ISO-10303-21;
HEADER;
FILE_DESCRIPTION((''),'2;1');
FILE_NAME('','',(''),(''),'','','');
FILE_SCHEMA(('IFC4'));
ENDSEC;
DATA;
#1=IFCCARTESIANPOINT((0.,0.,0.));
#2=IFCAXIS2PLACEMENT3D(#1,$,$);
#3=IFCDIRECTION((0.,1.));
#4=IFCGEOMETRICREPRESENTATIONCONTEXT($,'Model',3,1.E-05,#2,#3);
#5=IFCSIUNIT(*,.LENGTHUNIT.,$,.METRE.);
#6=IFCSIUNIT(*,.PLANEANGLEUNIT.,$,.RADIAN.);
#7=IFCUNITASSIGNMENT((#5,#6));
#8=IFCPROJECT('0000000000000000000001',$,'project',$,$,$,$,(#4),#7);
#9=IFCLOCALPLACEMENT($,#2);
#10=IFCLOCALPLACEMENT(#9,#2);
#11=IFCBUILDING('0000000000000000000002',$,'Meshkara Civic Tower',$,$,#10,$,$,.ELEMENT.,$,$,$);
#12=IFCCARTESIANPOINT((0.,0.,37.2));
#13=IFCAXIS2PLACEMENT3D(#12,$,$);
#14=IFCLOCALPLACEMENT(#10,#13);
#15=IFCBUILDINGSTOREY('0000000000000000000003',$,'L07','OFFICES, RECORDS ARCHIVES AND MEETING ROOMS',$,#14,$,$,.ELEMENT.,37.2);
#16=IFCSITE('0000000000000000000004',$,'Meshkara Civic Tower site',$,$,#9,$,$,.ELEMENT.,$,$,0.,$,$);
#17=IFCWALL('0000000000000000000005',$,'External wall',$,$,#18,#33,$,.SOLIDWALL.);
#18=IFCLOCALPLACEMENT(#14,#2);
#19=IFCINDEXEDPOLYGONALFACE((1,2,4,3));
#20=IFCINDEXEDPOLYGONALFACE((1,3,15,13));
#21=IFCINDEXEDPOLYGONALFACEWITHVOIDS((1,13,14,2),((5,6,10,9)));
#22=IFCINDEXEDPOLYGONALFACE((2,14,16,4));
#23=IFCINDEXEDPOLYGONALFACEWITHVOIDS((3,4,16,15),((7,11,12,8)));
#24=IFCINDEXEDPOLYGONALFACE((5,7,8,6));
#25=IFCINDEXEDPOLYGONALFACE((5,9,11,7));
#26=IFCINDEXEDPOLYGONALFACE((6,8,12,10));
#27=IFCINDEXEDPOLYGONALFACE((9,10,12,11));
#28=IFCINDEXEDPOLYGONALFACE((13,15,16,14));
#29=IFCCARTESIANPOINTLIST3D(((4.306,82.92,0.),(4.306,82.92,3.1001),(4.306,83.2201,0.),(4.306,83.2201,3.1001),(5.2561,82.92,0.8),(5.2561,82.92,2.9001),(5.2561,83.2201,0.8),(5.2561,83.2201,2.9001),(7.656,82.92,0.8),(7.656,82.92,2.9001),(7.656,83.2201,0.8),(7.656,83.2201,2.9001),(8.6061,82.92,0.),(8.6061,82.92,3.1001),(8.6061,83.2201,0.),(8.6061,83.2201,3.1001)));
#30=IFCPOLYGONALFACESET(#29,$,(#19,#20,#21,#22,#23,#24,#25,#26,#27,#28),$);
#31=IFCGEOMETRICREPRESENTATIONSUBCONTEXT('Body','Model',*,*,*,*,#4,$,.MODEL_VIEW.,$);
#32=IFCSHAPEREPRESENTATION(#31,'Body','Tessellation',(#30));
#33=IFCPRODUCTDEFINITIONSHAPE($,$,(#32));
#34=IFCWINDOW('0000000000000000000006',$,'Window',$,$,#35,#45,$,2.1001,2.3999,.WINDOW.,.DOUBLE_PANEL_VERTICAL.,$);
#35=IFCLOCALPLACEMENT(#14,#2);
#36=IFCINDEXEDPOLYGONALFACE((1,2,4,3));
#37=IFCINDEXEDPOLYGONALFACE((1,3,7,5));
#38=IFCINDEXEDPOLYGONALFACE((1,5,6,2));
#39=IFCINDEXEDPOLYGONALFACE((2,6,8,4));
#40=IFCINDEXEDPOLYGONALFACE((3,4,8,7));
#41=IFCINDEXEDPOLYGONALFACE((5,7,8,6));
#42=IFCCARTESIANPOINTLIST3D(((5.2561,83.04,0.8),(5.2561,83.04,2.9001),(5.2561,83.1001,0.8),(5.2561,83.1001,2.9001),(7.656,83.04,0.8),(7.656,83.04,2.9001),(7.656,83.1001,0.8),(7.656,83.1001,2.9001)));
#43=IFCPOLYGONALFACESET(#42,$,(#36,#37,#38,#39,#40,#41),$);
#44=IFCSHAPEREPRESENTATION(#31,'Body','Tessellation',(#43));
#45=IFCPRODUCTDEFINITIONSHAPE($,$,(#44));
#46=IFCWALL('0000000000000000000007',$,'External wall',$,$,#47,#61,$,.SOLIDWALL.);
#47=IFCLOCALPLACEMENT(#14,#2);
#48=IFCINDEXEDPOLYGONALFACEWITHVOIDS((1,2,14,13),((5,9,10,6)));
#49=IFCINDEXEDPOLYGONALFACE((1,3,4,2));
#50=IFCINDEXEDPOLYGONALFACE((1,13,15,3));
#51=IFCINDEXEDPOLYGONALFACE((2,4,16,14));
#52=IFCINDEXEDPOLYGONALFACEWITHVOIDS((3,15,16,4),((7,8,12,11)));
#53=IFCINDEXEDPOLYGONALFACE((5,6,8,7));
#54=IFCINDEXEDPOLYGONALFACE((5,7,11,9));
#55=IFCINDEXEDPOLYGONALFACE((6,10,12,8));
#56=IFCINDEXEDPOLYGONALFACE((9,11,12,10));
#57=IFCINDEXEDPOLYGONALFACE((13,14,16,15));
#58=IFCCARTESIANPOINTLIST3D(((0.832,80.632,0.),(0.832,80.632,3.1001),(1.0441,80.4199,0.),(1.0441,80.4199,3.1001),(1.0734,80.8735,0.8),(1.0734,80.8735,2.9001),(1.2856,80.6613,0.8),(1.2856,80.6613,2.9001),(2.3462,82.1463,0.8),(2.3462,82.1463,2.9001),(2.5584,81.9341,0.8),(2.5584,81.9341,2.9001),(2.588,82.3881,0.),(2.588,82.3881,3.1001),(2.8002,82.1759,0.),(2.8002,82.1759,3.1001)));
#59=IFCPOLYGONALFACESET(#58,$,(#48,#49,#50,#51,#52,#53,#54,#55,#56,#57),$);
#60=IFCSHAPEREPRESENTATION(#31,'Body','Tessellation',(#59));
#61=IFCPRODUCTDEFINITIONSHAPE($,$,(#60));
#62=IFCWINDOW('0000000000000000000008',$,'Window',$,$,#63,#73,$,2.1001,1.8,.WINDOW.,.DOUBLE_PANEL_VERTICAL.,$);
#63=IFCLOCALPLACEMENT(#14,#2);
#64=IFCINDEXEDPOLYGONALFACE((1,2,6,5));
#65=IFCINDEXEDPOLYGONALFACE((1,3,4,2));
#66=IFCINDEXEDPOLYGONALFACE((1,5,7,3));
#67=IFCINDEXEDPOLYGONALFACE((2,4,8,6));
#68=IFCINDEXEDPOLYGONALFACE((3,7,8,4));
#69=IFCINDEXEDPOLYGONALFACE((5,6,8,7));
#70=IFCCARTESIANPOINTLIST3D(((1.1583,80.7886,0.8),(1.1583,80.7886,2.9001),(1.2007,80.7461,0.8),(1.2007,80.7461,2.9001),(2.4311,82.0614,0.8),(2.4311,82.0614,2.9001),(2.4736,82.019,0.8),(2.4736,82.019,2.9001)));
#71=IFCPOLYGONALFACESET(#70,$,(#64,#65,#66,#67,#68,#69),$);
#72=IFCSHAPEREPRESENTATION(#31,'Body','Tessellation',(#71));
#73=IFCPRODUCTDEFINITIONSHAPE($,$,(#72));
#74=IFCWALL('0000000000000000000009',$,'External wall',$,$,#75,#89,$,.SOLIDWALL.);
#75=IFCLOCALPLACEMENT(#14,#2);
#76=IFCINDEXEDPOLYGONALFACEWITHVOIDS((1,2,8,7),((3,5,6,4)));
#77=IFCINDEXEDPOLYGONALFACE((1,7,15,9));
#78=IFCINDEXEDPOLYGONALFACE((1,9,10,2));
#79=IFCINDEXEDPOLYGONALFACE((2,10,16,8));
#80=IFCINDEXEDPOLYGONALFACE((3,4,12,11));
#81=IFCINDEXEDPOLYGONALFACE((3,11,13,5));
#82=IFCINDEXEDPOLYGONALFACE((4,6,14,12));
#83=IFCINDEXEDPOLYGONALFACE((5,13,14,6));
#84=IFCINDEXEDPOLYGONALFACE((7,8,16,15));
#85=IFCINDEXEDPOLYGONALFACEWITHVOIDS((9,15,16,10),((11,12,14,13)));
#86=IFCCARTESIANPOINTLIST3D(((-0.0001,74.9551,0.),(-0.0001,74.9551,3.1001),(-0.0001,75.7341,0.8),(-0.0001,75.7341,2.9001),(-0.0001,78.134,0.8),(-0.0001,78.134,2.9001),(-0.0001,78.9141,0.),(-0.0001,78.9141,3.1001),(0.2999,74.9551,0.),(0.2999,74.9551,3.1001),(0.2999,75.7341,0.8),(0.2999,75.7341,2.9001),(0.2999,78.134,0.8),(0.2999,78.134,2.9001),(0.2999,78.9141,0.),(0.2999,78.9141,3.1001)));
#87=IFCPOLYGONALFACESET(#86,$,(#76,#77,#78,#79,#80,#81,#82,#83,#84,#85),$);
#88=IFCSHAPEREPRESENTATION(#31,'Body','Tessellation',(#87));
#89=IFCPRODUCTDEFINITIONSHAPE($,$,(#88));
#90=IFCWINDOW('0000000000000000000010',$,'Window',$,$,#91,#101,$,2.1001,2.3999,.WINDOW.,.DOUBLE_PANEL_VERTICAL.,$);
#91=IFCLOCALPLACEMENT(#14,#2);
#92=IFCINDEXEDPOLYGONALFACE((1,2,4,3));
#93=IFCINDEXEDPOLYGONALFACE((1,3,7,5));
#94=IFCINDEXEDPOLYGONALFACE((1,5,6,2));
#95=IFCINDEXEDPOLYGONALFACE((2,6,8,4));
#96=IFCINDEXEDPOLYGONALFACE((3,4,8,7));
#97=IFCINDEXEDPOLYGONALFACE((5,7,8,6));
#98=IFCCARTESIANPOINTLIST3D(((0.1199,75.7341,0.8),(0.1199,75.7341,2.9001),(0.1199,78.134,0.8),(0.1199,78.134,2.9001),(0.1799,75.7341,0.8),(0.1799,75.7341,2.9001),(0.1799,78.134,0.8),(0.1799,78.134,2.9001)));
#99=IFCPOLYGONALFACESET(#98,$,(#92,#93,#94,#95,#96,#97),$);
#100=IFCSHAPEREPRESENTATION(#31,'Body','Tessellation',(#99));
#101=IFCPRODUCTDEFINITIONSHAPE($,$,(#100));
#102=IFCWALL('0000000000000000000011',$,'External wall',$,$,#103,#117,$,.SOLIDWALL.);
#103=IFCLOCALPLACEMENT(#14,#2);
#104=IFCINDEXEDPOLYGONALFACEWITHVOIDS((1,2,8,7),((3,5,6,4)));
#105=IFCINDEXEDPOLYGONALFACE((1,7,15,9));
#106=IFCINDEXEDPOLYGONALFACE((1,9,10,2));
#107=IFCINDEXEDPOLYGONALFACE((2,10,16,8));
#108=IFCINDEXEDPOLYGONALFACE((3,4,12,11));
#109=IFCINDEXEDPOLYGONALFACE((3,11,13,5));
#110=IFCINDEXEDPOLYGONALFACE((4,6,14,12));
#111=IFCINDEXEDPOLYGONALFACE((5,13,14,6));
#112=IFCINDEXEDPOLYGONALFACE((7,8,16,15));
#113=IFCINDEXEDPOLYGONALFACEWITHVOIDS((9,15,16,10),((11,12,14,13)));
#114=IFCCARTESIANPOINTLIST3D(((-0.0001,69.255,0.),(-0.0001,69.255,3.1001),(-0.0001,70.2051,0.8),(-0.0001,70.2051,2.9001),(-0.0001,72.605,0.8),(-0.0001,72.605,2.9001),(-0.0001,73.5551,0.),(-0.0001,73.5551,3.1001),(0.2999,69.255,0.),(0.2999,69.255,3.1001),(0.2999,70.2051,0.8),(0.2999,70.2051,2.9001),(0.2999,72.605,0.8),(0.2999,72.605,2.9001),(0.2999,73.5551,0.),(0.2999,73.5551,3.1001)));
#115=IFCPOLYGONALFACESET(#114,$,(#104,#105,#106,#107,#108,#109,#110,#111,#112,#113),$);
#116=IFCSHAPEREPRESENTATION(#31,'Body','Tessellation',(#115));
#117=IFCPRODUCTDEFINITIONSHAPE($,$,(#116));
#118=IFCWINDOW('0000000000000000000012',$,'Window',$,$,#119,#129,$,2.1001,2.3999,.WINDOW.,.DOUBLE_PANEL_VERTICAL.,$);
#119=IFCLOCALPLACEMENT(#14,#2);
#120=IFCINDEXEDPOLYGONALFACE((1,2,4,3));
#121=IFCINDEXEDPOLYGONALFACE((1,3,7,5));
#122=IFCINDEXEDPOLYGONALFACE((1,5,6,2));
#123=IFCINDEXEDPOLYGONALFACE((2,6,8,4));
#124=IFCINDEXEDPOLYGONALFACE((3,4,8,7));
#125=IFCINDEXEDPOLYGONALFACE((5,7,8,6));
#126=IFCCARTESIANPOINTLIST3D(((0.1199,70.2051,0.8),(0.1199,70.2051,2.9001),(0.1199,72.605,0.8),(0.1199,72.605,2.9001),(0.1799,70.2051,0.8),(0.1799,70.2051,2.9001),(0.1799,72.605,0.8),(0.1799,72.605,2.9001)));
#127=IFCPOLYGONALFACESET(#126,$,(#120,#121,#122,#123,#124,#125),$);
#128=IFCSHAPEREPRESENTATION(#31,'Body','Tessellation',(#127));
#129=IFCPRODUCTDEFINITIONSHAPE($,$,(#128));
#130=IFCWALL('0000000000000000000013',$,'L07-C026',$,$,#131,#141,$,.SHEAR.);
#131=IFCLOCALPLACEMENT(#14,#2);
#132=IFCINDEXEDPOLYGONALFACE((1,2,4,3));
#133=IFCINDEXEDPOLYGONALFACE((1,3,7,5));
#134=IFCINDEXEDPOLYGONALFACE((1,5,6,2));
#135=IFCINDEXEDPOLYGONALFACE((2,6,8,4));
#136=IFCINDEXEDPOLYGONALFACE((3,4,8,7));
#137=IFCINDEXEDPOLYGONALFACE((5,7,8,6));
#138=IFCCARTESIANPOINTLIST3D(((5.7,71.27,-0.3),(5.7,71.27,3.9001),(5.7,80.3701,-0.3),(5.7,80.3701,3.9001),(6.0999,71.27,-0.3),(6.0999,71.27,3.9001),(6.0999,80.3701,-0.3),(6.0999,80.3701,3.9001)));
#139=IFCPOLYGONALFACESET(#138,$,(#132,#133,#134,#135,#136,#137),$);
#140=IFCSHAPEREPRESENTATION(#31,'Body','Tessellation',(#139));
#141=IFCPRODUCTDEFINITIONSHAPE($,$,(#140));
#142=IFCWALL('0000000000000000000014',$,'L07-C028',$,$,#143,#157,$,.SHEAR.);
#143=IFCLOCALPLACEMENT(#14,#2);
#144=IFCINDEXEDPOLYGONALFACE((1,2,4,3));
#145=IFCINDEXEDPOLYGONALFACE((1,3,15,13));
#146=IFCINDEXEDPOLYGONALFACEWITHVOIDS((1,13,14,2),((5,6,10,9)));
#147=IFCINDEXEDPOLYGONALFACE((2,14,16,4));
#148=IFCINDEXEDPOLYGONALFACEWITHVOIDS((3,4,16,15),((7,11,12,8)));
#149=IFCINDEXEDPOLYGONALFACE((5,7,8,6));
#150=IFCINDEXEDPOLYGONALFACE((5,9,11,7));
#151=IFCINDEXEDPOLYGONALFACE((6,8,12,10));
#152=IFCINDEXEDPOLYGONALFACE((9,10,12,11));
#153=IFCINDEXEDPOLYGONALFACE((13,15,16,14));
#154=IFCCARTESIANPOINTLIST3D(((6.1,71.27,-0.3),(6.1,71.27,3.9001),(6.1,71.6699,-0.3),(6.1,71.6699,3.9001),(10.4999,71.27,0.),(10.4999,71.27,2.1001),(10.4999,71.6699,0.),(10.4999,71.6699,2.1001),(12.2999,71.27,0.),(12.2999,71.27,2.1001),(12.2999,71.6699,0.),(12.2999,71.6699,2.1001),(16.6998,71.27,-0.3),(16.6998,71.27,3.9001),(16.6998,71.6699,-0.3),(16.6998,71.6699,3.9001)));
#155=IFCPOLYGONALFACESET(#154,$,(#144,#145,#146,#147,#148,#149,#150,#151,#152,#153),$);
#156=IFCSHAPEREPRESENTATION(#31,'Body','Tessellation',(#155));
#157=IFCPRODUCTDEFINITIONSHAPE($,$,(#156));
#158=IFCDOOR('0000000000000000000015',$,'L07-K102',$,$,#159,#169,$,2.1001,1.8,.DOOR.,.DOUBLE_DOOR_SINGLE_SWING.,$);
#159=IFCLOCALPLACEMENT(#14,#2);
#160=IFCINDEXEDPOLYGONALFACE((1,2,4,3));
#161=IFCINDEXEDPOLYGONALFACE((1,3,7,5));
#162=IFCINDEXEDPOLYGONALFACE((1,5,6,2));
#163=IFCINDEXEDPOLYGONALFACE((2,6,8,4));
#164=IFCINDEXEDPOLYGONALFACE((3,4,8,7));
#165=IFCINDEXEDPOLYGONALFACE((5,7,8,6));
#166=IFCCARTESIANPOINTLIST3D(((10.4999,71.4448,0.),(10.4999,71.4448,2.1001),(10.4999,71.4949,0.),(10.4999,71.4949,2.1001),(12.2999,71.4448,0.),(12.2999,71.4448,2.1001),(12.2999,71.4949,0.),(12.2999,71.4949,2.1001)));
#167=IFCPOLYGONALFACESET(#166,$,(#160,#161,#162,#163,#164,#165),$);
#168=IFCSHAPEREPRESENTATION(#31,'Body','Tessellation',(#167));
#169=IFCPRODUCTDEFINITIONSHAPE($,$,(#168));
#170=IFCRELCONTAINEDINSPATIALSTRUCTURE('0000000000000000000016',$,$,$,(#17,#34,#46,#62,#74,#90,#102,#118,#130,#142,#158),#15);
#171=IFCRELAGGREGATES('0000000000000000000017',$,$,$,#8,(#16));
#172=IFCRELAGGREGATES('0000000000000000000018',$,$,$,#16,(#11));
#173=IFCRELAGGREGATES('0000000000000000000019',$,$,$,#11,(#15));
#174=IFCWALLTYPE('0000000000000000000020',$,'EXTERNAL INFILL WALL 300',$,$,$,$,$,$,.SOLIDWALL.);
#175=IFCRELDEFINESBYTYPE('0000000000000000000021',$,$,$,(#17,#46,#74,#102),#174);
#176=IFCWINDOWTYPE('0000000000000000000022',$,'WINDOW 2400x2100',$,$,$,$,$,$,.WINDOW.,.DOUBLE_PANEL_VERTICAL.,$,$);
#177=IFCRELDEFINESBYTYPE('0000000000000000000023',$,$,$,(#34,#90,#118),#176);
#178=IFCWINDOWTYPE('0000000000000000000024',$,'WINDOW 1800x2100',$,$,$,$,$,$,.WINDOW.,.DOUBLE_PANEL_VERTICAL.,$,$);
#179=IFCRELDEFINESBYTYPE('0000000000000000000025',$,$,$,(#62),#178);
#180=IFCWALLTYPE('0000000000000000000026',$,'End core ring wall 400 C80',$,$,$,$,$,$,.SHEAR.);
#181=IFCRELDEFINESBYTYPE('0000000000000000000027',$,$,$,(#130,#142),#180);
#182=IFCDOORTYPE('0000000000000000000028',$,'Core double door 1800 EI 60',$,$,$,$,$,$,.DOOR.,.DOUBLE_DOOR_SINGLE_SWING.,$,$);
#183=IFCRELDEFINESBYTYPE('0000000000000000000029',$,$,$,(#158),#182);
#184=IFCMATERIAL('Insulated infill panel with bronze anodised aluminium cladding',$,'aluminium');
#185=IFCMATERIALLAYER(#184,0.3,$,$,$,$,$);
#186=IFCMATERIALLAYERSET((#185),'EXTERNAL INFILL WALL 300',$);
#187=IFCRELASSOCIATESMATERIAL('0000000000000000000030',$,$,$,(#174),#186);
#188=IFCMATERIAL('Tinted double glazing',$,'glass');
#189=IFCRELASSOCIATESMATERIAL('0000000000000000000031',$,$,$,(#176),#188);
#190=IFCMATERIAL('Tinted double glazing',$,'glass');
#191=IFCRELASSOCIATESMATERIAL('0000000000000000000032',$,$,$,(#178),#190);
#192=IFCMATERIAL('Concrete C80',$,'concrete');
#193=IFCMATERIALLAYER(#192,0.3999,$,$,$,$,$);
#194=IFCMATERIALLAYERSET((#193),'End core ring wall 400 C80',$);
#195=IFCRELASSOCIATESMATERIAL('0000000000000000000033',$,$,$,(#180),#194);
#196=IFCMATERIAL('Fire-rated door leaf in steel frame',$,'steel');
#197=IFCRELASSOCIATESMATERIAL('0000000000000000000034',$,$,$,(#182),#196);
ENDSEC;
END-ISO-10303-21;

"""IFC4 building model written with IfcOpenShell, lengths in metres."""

from ifc_helpers import new_model, si_unit, direction, frame, frame_2d, origin, place, context, subcontext, project, spatial, rectangle, extrude, material, layer, layer_set, type_object, element, fill, save


model = new_model("IFC4")

# Units and contexts
model_context = context("Model", 3, precision=1e-05, world=origin(), true_north=direction((0.0, 1.0)))
body_context = subcontext(model_context, "Body", "Model", "MODEL_VIEW")
ifc_project = project(units=[si_unit("LENGTHUNIT", "METRE"), si_unit("PLANEANGLEUNIT", "RADIAN")], contexts=[model_context])

# Site, building, storey
site_placement = place(None, origin())
site = spatial("IfcSite", under=ifc_project, at=site_placement, Name="Meshkara Civic Tower site", CompositionType="ELEMENT", RefElevation=0.0)
building_placement = place(site_placement, origin())
building = spatial("IfcBuilding", under=site, at=building_placement, Name="Meshkara Civic Tower", CompositionType="ELEMENT")
storey_placement = place(building_placement, frame((0.0, 0.0, 37.2)))
storey = spatial("IfcBuildingStorey", under=building, at=storey_placement, Name="L07", Description="OFFICES, RECORDS ARCHIVES AND MEETING ROOMS", CompositionType="ELEMENT", Elevation=37.2)

# Walls, openings, windows
ifc_material_1 = material(Name="Insulated infill panel with bronze anodised aluminium cladding", Category="aluminium")
ifc_layer_1 = layer(ifc_material_1, 0.3)
ifc_layer_set_1 = layer_set([ifc_layer_1], Name="EXTERNAL INFILL WALL 300")
wall_type_1 = type_object("IfcWallType", Name="EXTERNAL INFILL WALL 300", PredefinedType="SOLIDWALL", material=ifc_layer_set_1)
wall_1_placement = place(storey_placement, frame((8.606, 83.0701, 0.0), z_axis=(0.0, 0.0, 1.0), x_axis=(-1.0, 0.0, 0.0)))
wall_1 = element("IfcWall", 1, at=wall_1_placement, inside=storey, type_object=wall_type_1, Name="External wall", PredefinedType="SOLIDWALL", context=body_context, shape_type="SweptSolid", body=[
    extrude(rectangle(XDim=4.3, YDim=0.3, at=frame_2d((2.1499, 0.0))), origin(), (0.0, 0.0, 1.0), 3.1001),
])
opening_1_placement = place(wall_1_placement, frame((0.95, 0.0, 0.8)))
opening_1 = element("IfcOpeningElement", 2, at=opening_1_placement, cuts=wall_1, PredefinedType="OPENING", context=body_context, shape_type="SweptSolid", body=[
    extrude(rectangle(XDim=2.3999, YDim=2.1001, at=frame_2d((1.2, 1.05))), frame((0.0, 0.1599, 0.0), z_axis=(0.0, -1.0, 0.0), x_axis=(1.0, 0.0, 0.0)), (0.0, 0.0, 1.0), 0.3201),
])
ifc_material_2 = material(Name="Tinted double glazing", Category="glass")
window_type_1 = type_object("IfcWindowType", Name="WINDOW 2400x2100", PartitioningType="DOUBLE_PANEL_VERTICAL", PredefinedType="WINDOW", material=ifc_material_2)
window_1_placement = place(opening_1_placement, origin())
window_1 = element("IfcWindow", 3, at=window_1_placement, inside=storey, type_object=window_type_1, Name="Window", OverallHeight=2.1001, OverallWidth=2.3999, PartitioningType="DOUBLE_PANEL_VERTICAL", PredefinedType="WINDOW", context=body_context, shape_type="SweptSolid", body=[
    extrude(rectangle(XDim=2.3999, YDim=2.1001, at=frame_2d((1.2, 1.05))), frame((0.0, 0.03, 0.0), z_axis=(0.0, -1.0, 0.0), x_axis=(1.0, 0.0, 0.0)), (0.0, 0.0, 1.0), 0.0601),
])
fill(opening_1, window_1)
wall_2_placement = place(storey_placement, frame((2.6941, 82.282, 0.0), z_axis=(0.0, 0.0, 1.0), x_axis=(-0.707107, -0.707107, 0.0)))
wall_2 = element("IfcWall", 4, at=wall_2_placement, inside=storey, type_object=wall_type_1, Name="External wall", PredefinedType="SOLIDWALL", context=body_context, shape_type="SweptSolid", body=[
    extrude(rectangle(XDim=2.4834, YDim=0.3, at=frame_2d((1.2417, 0.0))), origin(), (0.0, 0.0, 1.0), 3.1001),
])
opening_2_placement = place(wall_2_placement, frame((0.342, 0.0, 0.8)))
opening_2 = element("IfcOpeningElement", 5, at=opening_2_placement, cuts=wall_2, PredefinedType="OPENING", context=body_context, shape_type="SweptSolid", body=[
    extrude(rectangle(XDim=1.8, YDim=2.1001, at=frame_2d((0.8999, 1.05))), frame((0.0, 0.1599, 0.0), z_axis=(0.0, -1.0, 0.0), x_axis=(1.0, 0.0, 0.0)), (0.0, 0.0, 1.0), 0.3201),
])
ifc_material_3 = material(Name="Tinted double glazing", Category="glass")
window_type_2 = type_object("IfcWindowType", Name="WINDOW 1800x2100", PartitioningType="DOUBLE_PANEL_VERTICAL", PredefinedType="WINDOW", material=ifc_material_3)
window_2_placement = place(opening_2_placement, origin())
window_2 = element("IfcWindow", 6, at=window_2_placement, inside=storey, type_object=window_type_2, Name="Window", OverallHeight=2.1001, OverallWidth=1.8, PartitioningType="DOUBLE_PANEL_VERTICAL", PredefinedType="WINDOW", context=body_context, shape_type="SweptSolid", body=[
    extrude(rectangle(XDim=1.8, YDim=2.1001, at=frame_2d((0.8999, 1.05))), frame((0.0, 0.03, 0.0), z_axis=(0.0, -1.0, 0.0), x_axis=(1.0, 0.0, 0.0)), (0.0, 0.0, 1.0), 0.0601),
])
fill(opening_2, window_2)
wall_3_placement = place(storey_placement, frame((0.1499, 78.9141, 0.0), z_axis=(0.0, 0.0, 1.0), x_axis=(0.0, -1.0, 0.0)))
wall_3 = element("IfcWall", 7, at=wall_3_placement, inside=storey, type_object=wall_type_1, Name="External wall", PredefinedType="SOLIDWALL", context=body_context, shape_type="SweptSolid", body=[
    extrude(rectangle(XDim=3.959, YDim=0.3, at=frame_2d((1.9795, 0.0))), origin(), (0.0, 0.0, 1.0), 3.1001),
])
opening_3_placement = place(wall_3_placement, frame((0.78, 0.0, 0.8)))
opening_3 = element("IfcOpeningElement", 8, at=opening_3_placement, cuts=wall_3, PredefinedType="OPENING", context=body_context, shape_type="SweptSolid", body=[
    extrude(rectangle(XDim=2.3999, YDim=2.1001, at=frame_2d((1.2, 1.05))), frame((0.0, 0.1599, 0.0), z_axis=(0.0, -1.0, 0.0), x_axis=(1.0, 0.0, 0.0)), (0.0, 0.0, 1.0), 0.3201),
])
window_3_placement = place(opening_3_placement, origin())
window_3 = element("IfcWindow", 9, at=window_3_placement, inside=storey, type_object=window_type_1, Name="Window", OverallHeight=2.1001, OverallWidth=2.3999, PartitioningType="DOUBLE_PANEL_VERTICAL", PredefinedType="WINDOW", context=body_context, shape_type="SweptSolid", body=[
    extrude(rectangle(XDim=2.3999, YDim=2.1001, at=frame_2d((1.2, 1.05))), frame((0.0, 0.03, 0.0), z_axis=(0.0, -1.0, 0.0), x_axis=(1.0, 0.0, 0.0)), (0.0, 0.0, 1.0), 0.0601),
])
fill(opening_3, window_3)
wall_4_placement = place(storey_placement, frame((0.1499, 73.5549, 0.0), z_axis=(0.0, 0.0, 1.0), x_axis=(0.0, -1.0, 0.0)))
wall_4 = element("IfcWall", 10, at=wall_4_placement, inside=storey, type_object=wall_type_1, Name="External wall", PredefinedType="SOLIDWALL", context=body_context, shape_type="SweptSolid", body=[
    extrude(rectangle(XDim=4.3, YDim=0.3, at=frame_2d((2.1499, 0.0))), origin(), (0.0, 0.0, 1.0), 3.1001),
])
opening_4_placement = place(wall_4_placement, frame((0.95, 0.0, 0.8)))
opening_4 = element("IfcOpeningElement", 11, at=opening_4_placement, cuts=wall_4, PredefinedType="OPENING", context=body_context, shape_type="SweptSolid", body=[
    extrude(rectangle(XDim=2.3999, YDim=2.1001, at=frame_2d((1.2, 1.05))), frame((0.0, 0.1599, 0.0), z_axis=(0.0, -1.0, 0.0), x_axis=(1.0, 0.0, 0.0)), (0.0, 0.0, 1.0), 0.3201),
])
window_4_placement = place(opening_4_placement, origin())
window_4 = element("IfcWindow", 12, at=window_4_placement, inside=storey, type_object=window_type_1, Name="Window", OverallHeight=2.1001, OverallWidth=2.3999, PartitioningType="DOUBLE_PANEL_VERTICAL", PredefinedType="WINDOW", context=body_context, shape_type="SweptSolid", body=[
    extrude(rectangle(XDim=2.3999, YDim=2.1001, at=frame_2d((1.2, 1.05))), frame((0.0, 0.03, 0.0), z_axis=(0.0, -1.0, 0.0), x_axis=(1.0, 0.0, 0.0)), (0.0, 0.0, 1.0), 0.0601),
])
fill(opening_4, window_4)

# Wall
ifc_material_4 = material(Name="Concrete C80", Category="concrete")
ifc_layer_2 = layer(ifc_material_4, 0.3999)
ifc_layer_set_2 = layer_set([ifc_layer_2], Name="End core ring wall 400 C80")
wall_type_2 = type_object("IfcWallType", Name="End core ring wall 400 C80", PredefinedType="SHEAR", material=ifc_layer_set_2)
wall_5_placement = place(storey_placement, frame((5.8999, 71.27, -0.3), z_axis=(0.0, 0.0, 1.0), x_axis=(0.0, 1.0, 0.0)))
element("IfcWall", 13, at=wall_5_placement, inside=storey, type_object=wall_type_2, Name="L07-C026", PredefinedType="SHEAR", context=body_context, shape_type="SweptSolid", body=[
    extrude(rectangle(XDim=9.1001, YDim=0.3999, at=frame_2d((4.55, 0.0))), origin(), (0.0, 0.0, 1.0), 4.2002),
])

# Wall, opening, door
wall_6_placement = place(storey_placement, frame((6.1001, 71.47, -0.3), z_axis=(0.0, 0.0, 1.0), x_axis=(1.0, 0.0, 0.0)))
wall_6 = element("IfcWall", 14, at=wall_6_placement, inside=storey, type_object=wall_type_2, Name="L07-C028", PredefinedType="SHEAR", context=body_context, shape_type="SweptSolid", body=[
    extrude(rectangle(XDim=10.5999, YDim=0.3999, at=frame_2d((5.2998, 0.0))), origin(), (0.0, 0.0, 1.0), 4.2002),
])
opening_5_placement = place(wall_6_placement, frame((4.3999, 0.0, 0.3)))
opening_5 = element("IfcOpeningElement", 15, at=opening_5_placement, cuts=wall_6, PredefinedType="OPENING", context=body_context, shape_type="SweptSolid", body=[
    extrude(rectangle(XDim=1.8, YDim=2.1001, at=frame_2d((0.8999, 1.05))), frame((0.0, 0.21, 0.0), z_axis=(0.0, -1.0, 0.0), x_axis=(1.0, 0.0, 0.0)), (0.0, 0.0, 1.0), 0.4199),
])
ifc_material_5 = material(Name="Fire-rated door leaf in steel frame", Category="steel")
door_type_1 = type_object("IfcDoorType", Name="Core double door 1800 EI 60", OperationType="DOUBLE_DOOR_SINGLE_SWING", PredefinedType="DOOR", material=ifc_material_5)
door_1_placement = place(opening_5_placement, origin())
door_1 = element("IfcDoor", 16, at=door_1_placement, inside=storey, type_object=door_type_1, Name="L07-K102", OperationType="DOUBLE_DOOR_SINGLE_SWING", OverallHeight=2.1001, OverallWidth=1.8, PredefinedType="DOOR", context=body_context, shape_type="SweptSolid", body=[
    extrude(rectangle(XDim=1.8, YDim=2.1001, at=frame_2d((0.8999, 1.05))), frame((0.0, 0.0249, 0.0), z_axis=(0.0, -1.0, 0.0), x_axis=(1.0, 0.0, 0.0)), (0.0, 0.0, 1.0), 0.05),
])
fill(opening_5, door_1)

save(model, "model.ifc")
